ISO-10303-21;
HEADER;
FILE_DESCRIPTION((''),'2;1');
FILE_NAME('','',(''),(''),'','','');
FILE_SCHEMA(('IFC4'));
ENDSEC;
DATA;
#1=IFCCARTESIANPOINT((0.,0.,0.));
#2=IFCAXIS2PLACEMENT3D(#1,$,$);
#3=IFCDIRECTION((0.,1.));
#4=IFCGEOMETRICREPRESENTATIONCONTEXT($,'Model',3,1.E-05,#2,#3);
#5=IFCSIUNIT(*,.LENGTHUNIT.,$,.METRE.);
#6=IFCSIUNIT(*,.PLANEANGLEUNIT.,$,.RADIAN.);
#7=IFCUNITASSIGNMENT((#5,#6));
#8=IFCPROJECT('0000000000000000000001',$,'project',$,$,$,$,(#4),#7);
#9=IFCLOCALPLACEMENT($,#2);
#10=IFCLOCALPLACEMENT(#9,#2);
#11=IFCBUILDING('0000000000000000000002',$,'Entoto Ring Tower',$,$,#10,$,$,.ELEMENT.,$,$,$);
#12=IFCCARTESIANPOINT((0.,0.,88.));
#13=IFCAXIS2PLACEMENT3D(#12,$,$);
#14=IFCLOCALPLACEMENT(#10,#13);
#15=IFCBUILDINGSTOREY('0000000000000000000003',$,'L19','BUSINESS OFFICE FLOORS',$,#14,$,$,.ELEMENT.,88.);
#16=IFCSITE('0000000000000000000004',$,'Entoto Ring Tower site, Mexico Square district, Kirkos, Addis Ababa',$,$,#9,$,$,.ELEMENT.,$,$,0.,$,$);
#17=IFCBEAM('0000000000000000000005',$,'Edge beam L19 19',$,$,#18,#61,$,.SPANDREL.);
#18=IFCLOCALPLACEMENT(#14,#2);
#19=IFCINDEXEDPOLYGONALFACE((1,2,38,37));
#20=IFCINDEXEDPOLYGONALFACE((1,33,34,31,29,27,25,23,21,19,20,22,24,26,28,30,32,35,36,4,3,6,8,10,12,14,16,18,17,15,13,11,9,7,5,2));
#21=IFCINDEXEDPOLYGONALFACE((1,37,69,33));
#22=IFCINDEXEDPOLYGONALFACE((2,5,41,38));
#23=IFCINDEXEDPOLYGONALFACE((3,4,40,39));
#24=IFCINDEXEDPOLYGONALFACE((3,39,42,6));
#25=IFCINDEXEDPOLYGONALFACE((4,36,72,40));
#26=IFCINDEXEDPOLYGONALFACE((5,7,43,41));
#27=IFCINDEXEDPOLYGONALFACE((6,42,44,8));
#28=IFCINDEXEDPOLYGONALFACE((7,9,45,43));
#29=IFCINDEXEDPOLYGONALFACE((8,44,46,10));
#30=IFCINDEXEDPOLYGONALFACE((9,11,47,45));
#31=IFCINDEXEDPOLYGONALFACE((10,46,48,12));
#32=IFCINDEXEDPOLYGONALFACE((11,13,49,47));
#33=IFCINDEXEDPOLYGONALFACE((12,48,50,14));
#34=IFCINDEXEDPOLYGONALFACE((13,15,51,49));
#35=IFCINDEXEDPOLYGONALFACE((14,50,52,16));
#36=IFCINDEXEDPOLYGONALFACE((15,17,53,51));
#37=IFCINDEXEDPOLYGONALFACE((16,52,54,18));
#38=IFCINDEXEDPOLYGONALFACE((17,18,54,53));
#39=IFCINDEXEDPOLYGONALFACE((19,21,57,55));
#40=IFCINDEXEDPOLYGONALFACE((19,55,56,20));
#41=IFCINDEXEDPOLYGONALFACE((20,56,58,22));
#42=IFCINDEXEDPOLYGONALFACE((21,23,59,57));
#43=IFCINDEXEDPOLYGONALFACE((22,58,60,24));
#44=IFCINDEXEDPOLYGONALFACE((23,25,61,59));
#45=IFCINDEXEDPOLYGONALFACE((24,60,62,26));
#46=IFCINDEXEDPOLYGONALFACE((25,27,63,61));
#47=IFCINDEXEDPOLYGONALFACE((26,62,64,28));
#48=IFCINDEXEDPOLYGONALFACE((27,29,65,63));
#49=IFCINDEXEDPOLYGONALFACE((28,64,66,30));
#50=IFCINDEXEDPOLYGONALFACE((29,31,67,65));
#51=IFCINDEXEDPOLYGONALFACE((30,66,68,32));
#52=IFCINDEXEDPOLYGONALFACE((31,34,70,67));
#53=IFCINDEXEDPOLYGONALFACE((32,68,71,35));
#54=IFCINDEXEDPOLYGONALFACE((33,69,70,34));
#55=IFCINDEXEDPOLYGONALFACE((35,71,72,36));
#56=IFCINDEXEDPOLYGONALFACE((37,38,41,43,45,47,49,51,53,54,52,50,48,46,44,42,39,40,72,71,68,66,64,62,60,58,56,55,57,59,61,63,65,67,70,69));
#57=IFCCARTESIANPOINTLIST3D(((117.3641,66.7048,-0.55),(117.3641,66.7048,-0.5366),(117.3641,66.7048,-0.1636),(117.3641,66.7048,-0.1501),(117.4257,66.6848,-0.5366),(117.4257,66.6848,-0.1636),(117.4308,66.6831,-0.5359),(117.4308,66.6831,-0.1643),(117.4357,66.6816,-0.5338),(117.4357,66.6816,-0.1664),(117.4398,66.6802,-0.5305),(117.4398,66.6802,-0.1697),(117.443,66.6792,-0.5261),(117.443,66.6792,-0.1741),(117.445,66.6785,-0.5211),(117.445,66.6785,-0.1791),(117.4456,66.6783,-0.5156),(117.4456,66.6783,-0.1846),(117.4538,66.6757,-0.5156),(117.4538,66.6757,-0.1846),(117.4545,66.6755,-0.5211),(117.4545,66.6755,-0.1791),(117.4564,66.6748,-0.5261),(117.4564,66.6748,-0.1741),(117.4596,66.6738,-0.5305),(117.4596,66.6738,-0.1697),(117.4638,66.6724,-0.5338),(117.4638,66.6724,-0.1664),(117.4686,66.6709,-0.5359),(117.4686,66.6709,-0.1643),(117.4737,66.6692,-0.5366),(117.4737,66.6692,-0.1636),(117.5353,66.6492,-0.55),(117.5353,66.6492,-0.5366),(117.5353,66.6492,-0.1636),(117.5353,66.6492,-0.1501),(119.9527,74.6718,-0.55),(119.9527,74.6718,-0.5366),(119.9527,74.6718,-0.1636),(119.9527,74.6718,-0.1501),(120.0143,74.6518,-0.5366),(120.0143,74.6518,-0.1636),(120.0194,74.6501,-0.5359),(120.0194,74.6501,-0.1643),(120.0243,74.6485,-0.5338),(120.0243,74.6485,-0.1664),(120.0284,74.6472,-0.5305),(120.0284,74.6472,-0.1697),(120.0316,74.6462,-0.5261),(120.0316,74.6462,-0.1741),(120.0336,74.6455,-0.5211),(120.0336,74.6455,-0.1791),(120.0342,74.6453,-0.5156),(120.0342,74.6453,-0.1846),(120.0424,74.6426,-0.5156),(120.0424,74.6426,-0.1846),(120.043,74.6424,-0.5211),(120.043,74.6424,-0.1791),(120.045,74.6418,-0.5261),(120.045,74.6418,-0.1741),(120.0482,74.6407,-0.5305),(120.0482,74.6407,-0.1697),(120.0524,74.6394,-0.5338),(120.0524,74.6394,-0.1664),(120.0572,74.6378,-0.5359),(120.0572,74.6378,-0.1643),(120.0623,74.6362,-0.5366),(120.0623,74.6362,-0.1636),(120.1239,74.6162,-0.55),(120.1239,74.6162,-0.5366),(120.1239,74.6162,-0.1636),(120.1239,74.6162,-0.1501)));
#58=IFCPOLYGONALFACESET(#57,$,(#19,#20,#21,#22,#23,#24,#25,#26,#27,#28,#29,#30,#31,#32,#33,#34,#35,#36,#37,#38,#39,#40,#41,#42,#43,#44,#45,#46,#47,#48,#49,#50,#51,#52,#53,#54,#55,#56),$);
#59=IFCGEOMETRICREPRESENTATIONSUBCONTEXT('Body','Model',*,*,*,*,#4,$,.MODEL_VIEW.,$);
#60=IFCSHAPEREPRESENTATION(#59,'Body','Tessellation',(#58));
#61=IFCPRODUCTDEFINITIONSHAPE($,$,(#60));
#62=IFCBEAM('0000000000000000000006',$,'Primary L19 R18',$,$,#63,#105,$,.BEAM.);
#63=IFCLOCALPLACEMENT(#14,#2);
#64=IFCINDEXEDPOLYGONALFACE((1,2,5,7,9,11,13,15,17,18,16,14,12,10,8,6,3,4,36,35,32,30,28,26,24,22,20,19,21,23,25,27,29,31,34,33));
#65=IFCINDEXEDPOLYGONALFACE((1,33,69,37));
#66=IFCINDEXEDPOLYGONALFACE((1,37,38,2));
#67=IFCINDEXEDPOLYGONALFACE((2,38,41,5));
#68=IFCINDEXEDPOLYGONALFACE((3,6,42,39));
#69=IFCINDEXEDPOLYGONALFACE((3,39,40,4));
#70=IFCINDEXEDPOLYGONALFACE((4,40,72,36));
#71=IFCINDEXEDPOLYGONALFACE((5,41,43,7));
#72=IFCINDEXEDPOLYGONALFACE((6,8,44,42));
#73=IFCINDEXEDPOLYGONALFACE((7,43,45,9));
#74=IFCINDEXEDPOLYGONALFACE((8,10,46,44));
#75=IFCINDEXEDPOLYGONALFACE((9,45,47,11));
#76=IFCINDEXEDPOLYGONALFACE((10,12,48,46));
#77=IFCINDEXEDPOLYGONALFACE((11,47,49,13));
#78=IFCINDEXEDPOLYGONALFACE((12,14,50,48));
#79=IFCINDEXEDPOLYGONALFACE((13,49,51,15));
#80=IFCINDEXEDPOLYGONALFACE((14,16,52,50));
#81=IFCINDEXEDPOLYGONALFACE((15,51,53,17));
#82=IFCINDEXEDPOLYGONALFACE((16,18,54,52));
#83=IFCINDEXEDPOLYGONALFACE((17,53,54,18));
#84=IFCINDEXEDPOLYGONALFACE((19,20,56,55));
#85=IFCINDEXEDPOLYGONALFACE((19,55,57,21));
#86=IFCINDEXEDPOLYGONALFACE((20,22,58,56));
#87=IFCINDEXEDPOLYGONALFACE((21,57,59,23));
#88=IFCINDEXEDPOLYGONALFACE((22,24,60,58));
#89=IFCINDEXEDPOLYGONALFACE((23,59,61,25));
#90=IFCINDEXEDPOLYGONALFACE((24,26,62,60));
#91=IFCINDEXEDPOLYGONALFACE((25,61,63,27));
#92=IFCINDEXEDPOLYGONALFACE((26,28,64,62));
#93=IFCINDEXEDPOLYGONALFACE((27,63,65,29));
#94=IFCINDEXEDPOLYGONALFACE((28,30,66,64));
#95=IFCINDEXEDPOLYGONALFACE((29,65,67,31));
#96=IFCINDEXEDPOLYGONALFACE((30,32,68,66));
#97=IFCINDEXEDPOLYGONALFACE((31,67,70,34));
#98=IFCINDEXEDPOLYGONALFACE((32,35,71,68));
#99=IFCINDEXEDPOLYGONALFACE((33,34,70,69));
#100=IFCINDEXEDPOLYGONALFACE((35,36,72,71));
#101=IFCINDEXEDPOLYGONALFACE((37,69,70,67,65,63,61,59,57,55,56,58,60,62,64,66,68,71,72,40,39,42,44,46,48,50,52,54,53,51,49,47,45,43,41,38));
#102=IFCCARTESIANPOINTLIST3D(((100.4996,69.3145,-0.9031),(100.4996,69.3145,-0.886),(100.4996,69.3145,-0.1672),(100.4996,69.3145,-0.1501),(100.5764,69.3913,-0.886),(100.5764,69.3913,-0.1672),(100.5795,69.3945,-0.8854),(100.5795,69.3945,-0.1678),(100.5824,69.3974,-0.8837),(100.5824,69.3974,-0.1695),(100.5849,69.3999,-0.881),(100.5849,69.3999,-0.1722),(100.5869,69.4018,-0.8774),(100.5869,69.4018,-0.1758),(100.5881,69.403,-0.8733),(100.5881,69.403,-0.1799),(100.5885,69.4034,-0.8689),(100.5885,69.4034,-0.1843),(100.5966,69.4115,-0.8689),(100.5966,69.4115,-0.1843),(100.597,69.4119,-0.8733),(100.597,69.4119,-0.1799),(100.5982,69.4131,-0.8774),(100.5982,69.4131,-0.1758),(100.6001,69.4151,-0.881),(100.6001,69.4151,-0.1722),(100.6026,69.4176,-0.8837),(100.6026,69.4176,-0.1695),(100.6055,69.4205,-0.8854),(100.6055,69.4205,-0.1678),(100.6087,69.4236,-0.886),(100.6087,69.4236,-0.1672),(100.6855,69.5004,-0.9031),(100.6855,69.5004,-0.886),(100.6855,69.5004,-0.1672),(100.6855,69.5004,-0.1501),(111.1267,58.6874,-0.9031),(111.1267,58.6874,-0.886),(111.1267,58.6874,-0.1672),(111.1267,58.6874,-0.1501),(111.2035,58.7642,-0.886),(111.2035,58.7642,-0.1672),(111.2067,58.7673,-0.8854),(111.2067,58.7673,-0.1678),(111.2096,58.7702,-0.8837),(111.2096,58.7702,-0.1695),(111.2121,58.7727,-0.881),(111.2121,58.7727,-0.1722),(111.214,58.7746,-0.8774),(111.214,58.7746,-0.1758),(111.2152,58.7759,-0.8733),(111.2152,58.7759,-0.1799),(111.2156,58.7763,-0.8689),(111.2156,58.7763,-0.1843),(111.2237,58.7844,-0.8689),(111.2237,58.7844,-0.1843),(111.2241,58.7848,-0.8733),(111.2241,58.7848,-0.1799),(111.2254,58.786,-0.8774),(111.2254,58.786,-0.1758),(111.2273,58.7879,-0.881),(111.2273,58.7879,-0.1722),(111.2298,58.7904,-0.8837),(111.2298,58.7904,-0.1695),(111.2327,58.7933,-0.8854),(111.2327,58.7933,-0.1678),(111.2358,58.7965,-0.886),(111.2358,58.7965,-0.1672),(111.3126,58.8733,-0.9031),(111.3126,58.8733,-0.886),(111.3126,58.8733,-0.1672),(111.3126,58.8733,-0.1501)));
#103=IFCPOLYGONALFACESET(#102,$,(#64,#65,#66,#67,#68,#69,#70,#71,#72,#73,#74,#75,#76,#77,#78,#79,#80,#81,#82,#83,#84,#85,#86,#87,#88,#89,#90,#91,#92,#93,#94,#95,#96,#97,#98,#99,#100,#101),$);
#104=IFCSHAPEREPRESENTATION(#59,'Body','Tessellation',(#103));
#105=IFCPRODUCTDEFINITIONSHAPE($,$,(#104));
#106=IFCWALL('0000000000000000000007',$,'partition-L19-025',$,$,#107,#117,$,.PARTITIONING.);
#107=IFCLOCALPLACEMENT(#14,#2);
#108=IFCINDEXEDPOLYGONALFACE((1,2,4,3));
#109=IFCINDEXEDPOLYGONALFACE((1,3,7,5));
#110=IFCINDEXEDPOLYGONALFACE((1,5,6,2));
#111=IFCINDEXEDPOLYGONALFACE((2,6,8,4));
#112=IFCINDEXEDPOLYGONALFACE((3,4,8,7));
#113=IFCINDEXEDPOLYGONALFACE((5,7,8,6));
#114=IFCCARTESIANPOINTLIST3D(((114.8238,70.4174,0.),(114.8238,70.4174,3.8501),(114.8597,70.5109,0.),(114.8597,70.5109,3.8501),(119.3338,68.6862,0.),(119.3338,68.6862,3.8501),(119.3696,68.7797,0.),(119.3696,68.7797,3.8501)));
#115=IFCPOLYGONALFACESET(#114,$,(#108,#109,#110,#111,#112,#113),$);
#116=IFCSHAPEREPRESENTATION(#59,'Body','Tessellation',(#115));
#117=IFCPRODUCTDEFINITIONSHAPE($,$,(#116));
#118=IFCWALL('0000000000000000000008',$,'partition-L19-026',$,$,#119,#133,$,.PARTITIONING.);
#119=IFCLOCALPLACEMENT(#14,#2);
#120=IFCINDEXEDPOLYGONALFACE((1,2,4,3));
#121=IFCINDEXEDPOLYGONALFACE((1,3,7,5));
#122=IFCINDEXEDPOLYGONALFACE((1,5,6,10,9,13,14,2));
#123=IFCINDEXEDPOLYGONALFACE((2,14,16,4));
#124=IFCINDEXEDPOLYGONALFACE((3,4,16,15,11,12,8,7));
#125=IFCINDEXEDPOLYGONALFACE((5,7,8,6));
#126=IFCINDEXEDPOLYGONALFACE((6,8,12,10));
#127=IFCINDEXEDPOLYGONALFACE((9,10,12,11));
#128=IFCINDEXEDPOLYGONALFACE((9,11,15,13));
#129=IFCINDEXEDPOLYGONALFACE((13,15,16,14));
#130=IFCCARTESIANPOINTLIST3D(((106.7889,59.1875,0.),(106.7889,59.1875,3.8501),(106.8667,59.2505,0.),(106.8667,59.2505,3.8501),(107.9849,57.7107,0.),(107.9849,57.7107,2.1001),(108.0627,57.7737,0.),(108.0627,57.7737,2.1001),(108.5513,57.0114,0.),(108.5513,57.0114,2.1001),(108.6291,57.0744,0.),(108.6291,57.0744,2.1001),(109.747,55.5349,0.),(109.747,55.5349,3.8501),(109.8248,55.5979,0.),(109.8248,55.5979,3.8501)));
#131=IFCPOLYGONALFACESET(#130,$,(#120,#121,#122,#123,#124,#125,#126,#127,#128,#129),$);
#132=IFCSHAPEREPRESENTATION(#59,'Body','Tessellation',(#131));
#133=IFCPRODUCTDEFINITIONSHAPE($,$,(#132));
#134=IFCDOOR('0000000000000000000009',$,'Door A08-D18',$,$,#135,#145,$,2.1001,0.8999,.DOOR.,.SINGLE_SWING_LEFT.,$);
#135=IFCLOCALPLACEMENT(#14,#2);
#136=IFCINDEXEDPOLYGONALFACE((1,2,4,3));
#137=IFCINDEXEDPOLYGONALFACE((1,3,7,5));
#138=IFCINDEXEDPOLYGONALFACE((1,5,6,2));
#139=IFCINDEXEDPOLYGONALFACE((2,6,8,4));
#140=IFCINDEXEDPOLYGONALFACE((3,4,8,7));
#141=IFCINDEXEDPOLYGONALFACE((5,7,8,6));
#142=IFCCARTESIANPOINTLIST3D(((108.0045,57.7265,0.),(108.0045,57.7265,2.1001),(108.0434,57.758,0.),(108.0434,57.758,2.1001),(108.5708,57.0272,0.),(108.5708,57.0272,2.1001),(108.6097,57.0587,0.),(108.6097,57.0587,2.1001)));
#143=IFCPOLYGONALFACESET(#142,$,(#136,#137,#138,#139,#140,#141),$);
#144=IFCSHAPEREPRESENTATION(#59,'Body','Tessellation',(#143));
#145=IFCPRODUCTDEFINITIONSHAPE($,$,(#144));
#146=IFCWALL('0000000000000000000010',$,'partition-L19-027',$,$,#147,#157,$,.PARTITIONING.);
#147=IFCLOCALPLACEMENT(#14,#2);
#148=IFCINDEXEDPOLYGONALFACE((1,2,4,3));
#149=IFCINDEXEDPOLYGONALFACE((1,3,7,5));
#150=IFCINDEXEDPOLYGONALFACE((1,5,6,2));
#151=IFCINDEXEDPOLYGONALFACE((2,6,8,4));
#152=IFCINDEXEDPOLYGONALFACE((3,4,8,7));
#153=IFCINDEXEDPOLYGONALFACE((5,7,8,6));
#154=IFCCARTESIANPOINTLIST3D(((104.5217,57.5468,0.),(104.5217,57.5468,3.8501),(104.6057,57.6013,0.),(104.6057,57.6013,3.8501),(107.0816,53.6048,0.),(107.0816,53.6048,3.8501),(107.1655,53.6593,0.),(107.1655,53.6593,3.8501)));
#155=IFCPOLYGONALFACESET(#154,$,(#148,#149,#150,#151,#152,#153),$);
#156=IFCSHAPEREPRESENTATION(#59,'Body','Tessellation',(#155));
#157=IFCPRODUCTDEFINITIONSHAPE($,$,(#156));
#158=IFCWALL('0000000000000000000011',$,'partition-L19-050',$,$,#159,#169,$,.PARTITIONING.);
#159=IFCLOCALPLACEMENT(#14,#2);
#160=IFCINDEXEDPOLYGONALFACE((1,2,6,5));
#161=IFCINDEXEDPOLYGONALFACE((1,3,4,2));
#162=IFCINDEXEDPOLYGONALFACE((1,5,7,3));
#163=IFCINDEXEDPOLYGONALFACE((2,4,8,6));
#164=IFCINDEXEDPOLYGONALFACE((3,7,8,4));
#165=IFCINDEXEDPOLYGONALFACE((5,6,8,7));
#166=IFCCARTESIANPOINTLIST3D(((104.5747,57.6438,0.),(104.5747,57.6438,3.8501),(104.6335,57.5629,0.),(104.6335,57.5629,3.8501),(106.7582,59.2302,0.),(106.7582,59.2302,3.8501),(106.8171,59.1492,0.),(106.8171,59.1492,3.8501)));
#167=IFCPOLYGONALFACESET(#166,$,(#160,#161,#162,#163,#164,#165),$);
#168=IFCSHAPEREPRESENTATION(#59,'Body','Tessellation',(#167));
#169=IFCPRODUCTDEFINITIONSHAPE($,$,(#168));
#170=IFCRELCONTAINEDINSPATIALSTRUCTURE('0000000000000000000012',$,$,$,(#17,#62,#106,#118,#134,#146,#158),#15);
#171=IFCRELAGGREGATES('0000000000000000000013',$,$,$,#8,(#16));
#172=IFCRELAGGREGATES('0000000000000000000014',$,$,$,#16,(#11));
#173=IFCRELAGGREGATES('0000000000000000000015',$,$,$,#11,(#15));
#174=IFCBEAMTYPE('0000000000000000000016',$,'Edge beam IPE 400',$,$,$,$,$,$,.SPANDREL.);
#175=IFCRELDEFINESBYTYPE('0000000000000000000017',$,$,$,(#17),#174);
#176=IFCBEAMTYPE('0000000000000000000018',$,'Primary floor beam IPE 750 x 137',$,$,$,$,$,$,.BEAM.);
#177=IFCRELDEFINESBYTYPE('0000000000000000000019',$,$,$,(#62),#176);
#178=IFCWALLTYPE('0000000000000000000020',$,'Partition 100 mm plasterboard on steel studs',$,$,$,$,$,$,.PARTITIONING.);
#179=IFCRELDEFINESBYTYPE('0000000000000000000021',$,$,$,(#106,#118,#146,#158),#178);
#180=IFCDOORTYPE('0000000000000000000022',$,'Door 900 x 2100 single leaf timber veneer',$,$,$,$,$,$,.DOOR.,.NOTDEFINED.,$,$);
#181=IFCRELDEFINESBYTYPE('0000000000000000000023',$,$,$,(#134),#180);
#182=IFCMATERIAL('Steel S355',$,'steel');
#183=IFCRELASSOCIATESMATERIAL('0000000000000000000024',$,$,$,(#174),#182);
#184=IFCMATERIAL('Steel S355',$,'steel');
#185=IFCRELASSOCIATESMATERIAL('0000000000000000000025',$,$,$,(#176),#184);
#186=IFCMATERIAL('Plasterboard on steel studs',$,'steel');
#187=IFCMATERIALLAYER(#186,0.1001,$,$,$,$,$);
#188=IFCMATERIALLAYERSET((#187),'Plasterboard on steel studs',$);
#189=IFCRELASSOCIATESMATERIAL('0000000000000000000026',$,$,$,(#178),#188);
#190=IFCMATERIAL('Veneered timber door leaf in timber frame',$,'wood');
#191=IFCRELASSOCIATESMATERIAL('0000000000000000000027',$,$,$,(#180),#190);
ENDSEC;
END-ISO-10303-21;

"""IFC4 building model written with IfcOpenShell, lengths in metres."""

from ifc_helpers import new_model, si_unit, direction, frame, frame_2d, origin, origin_2d, place, context, subcontext, project, spatial, rectangle, i_section, extrude, material, layer, layer_set, material_profile, profile_set, type_object, element, fill, save


model = new_model("IFC4")

# Units and contexts
model_context = context("Model", 3, precision=1e-05, world=origin(), true_north=direction((0.0, 1.0)))
body_context = subcontext(model_context, "Body", "Model", "MODEL_VIEW")
ifc_project = project(units=[si_unit("LENGTHUNIT", "METRE"), si_unit("PLANEANGLEUNIT", "RADIAN")], contexts=[model_context])

# Site, building, storey
site_placement = place(None, origin())
site = spatial("IfcSite", under=ifc_project, at=site_placement, Name="Entoto Ring Tower site, Mexico Square district, Kirkos, Addis Ababa", CompositionType="ELEMENT", RefElevation=0.0)
building_placement = place(site_placement, origin())
building = spatial("IfcBuilding", under=site, at=building_placement, Name="Entoto Ring Tower", CompositionType="ELEMENT")
storey_placement = place(building_placement, frame((0.0, 0.0, 88.0)))
storey = spatial("IfcBuildingStorey", under=building, at=storey_placement, Name="L19", Description="BUSINESS OFFICE FLOORS", CompositionType="ELEMENT", Elevation=88.0)

# Beams
ifc_material_1 = material(Name="Steel S355", Category="steel")
ifc_material_profile_1 = material_profile(ifc_material_1, i_section(OverallWidth=0.1799, OverallDepth=0.3999, WebThickness=0.0085, FlangeThickness=0.0134, FilletRadius=0.021, at=origin_2d()), Name="IPE 400")
ifc_profile_set_1 = profile_set([ifc_material_profile_1], Name="Steel S355")
beam_type_1 = type_object("IfcBeamType", Name="Edge beam IPE 400", PredefinedType="SPANDREL", material=ifc_profile_set_1)
for number, where, z_axis, x_axis, name in (
    (1, (117.4497, 66.677, -0.3501), (0.309014, 0.951057, 0.0), (-0.951057, 0.309014, 0.0), "Edge beam L19 19"),
):
    element("IfcBeam", number, at=place(storey_placement, frame(where, z_axis=z_axis, x_axis=x_axis)), inside=storey, type_object=beam_type_1, Name=name, PredefinedType="SPANDREL", context=body_context, shape_type="SweptSolid", body=[
        extrude(i_section(OverallWidth=0.1799, OverallDepth=0.3999, WebThickness=0.0085, FlangeThickness=0.0134, FilletRadius=0.021, at=origin_2d()), origin(), (0.0, 0.0, 1.0), 8.377),
    ])
ifc_material_2 = material(Name="Steel S355", Category="steel")
ifc_material_profile_2 = material_profile(ifc_material_2, i_section(OverallWidth=0.2629, OverallDepth=0.7529, WebThickness=0.0115, FlangeThickness=0.0171, FilletRadius=0.0171, at=origin_2d()), Name="IPE 750 x 137")
ifc_profile_set_2 = profile_set([ifc_material_profile_2], Name="Steel S355")
beam_type_2 = type_object("IfcBeamType", Name="Primary floor beam IPE 750 x 137", PredefinedType="BEAM", material=ifc_profile_set_2)
beam_placement = place(storey_placement, frame((100.5925, 69.4075, -0.5266), z_axis=(0.707107, -0.707107, 0.0), x_axis=(0.707107, 0.707107, 0.0)))
element("IfcBeam", 2, at=beam_placement, inside=storey, type_object=beam_type_2, Name="Primary L19 R18", PredefinedType="BEAM", context=body_context, shape_type="SweptSolid", body=[
    extrude(i_section(OverallWidth=0.2629, OverallDepth=0.7529, WebThickness=0.0115, FlangeThickness=0.0171, FilletRadius=0.0171, at=origin_2d()), origin(), (0.0, 0.0, 1.0), 15.0291),
])

# Wall
ifc_material_3 = material(Name="Plasterboard on steel studs", Category="steel")
ifc_layer_1 = layer(ifc_material_3, 0.1001)
ifc_layer_set_1 = layer_set([ifc_layer_1], Name="Plasterboard on steel studs")
wall_type_1 = type_object("IfcWallType", Name="Partition 100 mm plasterboard on steel studs", PredefinedType="PARTITIONING", material=ifc_layer_set_1)
wall_1_placement = place(storey_placement, frame((119.3518, 68.7329, 0.0), z_axis=(0.0, 0.0, 1.0), x_axis=(-0.933582, 0.358363, 0.0)))
element("IfcWall", 3, at=wall_1_placement, inside=storey, type_object=wall_type_1, Name="partition-L19-025", PredefinedType="PARTITIONING", context=body_context, shape_type="SweptSolid", body=[
    extrude(rectangle(XDim=4.8308, YDim=0.1001, at=frame_2d((2.4155, 0.0))), origin(), (0.0, 0.0, 1.0), 3.8501),
])

# Wall, opening, door
wall_2_placement = place(storey_placement, frame((109.7859, 55.5664, 0.0), z_axis=(0.0, 0.0, 1.0), x_axis=(-0.629346, 0.777125, 0.0)))
wall_2 = element("IfcWall", 4, at=wall_2_placement, inside=storey, type_object=wall_type_1, Name="partition-L19-026", PredefinedType="PARTITIONING", context=body_context, shape_type="SweptSolid", body=[
    extrude(rectangle(XDim=4.7002, YDim=0.1001, at=frame_2d((2.3501, 0.0))), origin(), (0.0, 0.0, 1.0), 3.8501),
])
opening_1_placement = place(wall_2_placement, frame((1.8999, 0.0, 0.0)))
opening_1 = element("IfcOpeningElement", 5, at=opening_1_placement, cuts=wall_2, PredefinedType="OPENING", context=body_context, shape_type="SweptSolid", body=[
    extrude(rectangle(XDim=0.8999, YDim=2.1001, at=frame_2d((0.45, 1.05))), frame((0.0, 0.0601, 0.0), z_axis=(0.0, -1.0, 0.0), x_axis=(1.0, 0.0, 0.0)), (0.0, 0.0, 1.0), 0.1201),
])
ifc_material_4 = material(Name="Veneered timber door leaf in timber frame", Category="wood")
door_type = type_object("IfcDoorType", Name="Door 900 x 2100 single leaf timber veneer", OperationType="NOTDEFINED", PredefinedType="DOOR", material=ifc_material_4)
door_1_placement = place(opening_1_placement, origin())
door_1 = element("IfcDoor", 6, at=door_1_placement, inside=storey, type_object=door_type, Name="Door A08-D18", OperationType="SINGLE_SWING_LEFT", OverallHeight=2.1001, OverallWidth=0.8999, PredefinedType="DOOR", context=body_context, shape_type="SweptSolid", body=[
    extrude(rectangle(XDim=0.8999, YDim=2.1001, at=frame_2d((0.45, 1.05))), frame((0.0, 0.0249, 0.0), z_axis=(0.0, -1.0, 0.0), x_axis=(1.0, 0.0, 0.0)), (0.0, 0.0, 1.0), 0.05),
])
fill(opening_1, door_1)

# Walls
wall_3_placement = place(storey_placement, frame((107.1235, 53.6321, 0.0), z_axis=(0.0, 0.0, 1.0), x_axis=(-0.544627, 0.838679, 0.0)))
element("IfcWall", 7, at=wall_3_placement, inside=storey, type_object=wall_type_1, Name="partition-L19-027", PredefinedType="PARTITIONING", context=body_context, shape_type="SweptSolid", body=[
    extrude(rectangle(XDim=4.7002, YDim=0.1001, at=frame_2d((2.3501, 0.0))), origin(), (0.0, 0.0, 1.0), 3.8501),
])
wall_4_placement = place(storey_placement, frame((104.604, 57.6033, 0.0), z_axis=(0.0, 0.0, 1.0), x_axis=(0.809025, 0.587774, 0.0)))
element("IfcWall", 8, at=wall_4_placement, inside=storey, type_object=wall_type_1, Name="partition-L19-050", PredefinedType="PARTITIONING", context=body_context, shape_type="SweptSolid", body=[
    extrude(rectangle(XDim=2.699, YDim=0.1001, at=frame_2d((1.3496, 0.0))), origin(), (0.0, 0.0, 1.0), 3.8501),
])

save(model, "model.ifc")
